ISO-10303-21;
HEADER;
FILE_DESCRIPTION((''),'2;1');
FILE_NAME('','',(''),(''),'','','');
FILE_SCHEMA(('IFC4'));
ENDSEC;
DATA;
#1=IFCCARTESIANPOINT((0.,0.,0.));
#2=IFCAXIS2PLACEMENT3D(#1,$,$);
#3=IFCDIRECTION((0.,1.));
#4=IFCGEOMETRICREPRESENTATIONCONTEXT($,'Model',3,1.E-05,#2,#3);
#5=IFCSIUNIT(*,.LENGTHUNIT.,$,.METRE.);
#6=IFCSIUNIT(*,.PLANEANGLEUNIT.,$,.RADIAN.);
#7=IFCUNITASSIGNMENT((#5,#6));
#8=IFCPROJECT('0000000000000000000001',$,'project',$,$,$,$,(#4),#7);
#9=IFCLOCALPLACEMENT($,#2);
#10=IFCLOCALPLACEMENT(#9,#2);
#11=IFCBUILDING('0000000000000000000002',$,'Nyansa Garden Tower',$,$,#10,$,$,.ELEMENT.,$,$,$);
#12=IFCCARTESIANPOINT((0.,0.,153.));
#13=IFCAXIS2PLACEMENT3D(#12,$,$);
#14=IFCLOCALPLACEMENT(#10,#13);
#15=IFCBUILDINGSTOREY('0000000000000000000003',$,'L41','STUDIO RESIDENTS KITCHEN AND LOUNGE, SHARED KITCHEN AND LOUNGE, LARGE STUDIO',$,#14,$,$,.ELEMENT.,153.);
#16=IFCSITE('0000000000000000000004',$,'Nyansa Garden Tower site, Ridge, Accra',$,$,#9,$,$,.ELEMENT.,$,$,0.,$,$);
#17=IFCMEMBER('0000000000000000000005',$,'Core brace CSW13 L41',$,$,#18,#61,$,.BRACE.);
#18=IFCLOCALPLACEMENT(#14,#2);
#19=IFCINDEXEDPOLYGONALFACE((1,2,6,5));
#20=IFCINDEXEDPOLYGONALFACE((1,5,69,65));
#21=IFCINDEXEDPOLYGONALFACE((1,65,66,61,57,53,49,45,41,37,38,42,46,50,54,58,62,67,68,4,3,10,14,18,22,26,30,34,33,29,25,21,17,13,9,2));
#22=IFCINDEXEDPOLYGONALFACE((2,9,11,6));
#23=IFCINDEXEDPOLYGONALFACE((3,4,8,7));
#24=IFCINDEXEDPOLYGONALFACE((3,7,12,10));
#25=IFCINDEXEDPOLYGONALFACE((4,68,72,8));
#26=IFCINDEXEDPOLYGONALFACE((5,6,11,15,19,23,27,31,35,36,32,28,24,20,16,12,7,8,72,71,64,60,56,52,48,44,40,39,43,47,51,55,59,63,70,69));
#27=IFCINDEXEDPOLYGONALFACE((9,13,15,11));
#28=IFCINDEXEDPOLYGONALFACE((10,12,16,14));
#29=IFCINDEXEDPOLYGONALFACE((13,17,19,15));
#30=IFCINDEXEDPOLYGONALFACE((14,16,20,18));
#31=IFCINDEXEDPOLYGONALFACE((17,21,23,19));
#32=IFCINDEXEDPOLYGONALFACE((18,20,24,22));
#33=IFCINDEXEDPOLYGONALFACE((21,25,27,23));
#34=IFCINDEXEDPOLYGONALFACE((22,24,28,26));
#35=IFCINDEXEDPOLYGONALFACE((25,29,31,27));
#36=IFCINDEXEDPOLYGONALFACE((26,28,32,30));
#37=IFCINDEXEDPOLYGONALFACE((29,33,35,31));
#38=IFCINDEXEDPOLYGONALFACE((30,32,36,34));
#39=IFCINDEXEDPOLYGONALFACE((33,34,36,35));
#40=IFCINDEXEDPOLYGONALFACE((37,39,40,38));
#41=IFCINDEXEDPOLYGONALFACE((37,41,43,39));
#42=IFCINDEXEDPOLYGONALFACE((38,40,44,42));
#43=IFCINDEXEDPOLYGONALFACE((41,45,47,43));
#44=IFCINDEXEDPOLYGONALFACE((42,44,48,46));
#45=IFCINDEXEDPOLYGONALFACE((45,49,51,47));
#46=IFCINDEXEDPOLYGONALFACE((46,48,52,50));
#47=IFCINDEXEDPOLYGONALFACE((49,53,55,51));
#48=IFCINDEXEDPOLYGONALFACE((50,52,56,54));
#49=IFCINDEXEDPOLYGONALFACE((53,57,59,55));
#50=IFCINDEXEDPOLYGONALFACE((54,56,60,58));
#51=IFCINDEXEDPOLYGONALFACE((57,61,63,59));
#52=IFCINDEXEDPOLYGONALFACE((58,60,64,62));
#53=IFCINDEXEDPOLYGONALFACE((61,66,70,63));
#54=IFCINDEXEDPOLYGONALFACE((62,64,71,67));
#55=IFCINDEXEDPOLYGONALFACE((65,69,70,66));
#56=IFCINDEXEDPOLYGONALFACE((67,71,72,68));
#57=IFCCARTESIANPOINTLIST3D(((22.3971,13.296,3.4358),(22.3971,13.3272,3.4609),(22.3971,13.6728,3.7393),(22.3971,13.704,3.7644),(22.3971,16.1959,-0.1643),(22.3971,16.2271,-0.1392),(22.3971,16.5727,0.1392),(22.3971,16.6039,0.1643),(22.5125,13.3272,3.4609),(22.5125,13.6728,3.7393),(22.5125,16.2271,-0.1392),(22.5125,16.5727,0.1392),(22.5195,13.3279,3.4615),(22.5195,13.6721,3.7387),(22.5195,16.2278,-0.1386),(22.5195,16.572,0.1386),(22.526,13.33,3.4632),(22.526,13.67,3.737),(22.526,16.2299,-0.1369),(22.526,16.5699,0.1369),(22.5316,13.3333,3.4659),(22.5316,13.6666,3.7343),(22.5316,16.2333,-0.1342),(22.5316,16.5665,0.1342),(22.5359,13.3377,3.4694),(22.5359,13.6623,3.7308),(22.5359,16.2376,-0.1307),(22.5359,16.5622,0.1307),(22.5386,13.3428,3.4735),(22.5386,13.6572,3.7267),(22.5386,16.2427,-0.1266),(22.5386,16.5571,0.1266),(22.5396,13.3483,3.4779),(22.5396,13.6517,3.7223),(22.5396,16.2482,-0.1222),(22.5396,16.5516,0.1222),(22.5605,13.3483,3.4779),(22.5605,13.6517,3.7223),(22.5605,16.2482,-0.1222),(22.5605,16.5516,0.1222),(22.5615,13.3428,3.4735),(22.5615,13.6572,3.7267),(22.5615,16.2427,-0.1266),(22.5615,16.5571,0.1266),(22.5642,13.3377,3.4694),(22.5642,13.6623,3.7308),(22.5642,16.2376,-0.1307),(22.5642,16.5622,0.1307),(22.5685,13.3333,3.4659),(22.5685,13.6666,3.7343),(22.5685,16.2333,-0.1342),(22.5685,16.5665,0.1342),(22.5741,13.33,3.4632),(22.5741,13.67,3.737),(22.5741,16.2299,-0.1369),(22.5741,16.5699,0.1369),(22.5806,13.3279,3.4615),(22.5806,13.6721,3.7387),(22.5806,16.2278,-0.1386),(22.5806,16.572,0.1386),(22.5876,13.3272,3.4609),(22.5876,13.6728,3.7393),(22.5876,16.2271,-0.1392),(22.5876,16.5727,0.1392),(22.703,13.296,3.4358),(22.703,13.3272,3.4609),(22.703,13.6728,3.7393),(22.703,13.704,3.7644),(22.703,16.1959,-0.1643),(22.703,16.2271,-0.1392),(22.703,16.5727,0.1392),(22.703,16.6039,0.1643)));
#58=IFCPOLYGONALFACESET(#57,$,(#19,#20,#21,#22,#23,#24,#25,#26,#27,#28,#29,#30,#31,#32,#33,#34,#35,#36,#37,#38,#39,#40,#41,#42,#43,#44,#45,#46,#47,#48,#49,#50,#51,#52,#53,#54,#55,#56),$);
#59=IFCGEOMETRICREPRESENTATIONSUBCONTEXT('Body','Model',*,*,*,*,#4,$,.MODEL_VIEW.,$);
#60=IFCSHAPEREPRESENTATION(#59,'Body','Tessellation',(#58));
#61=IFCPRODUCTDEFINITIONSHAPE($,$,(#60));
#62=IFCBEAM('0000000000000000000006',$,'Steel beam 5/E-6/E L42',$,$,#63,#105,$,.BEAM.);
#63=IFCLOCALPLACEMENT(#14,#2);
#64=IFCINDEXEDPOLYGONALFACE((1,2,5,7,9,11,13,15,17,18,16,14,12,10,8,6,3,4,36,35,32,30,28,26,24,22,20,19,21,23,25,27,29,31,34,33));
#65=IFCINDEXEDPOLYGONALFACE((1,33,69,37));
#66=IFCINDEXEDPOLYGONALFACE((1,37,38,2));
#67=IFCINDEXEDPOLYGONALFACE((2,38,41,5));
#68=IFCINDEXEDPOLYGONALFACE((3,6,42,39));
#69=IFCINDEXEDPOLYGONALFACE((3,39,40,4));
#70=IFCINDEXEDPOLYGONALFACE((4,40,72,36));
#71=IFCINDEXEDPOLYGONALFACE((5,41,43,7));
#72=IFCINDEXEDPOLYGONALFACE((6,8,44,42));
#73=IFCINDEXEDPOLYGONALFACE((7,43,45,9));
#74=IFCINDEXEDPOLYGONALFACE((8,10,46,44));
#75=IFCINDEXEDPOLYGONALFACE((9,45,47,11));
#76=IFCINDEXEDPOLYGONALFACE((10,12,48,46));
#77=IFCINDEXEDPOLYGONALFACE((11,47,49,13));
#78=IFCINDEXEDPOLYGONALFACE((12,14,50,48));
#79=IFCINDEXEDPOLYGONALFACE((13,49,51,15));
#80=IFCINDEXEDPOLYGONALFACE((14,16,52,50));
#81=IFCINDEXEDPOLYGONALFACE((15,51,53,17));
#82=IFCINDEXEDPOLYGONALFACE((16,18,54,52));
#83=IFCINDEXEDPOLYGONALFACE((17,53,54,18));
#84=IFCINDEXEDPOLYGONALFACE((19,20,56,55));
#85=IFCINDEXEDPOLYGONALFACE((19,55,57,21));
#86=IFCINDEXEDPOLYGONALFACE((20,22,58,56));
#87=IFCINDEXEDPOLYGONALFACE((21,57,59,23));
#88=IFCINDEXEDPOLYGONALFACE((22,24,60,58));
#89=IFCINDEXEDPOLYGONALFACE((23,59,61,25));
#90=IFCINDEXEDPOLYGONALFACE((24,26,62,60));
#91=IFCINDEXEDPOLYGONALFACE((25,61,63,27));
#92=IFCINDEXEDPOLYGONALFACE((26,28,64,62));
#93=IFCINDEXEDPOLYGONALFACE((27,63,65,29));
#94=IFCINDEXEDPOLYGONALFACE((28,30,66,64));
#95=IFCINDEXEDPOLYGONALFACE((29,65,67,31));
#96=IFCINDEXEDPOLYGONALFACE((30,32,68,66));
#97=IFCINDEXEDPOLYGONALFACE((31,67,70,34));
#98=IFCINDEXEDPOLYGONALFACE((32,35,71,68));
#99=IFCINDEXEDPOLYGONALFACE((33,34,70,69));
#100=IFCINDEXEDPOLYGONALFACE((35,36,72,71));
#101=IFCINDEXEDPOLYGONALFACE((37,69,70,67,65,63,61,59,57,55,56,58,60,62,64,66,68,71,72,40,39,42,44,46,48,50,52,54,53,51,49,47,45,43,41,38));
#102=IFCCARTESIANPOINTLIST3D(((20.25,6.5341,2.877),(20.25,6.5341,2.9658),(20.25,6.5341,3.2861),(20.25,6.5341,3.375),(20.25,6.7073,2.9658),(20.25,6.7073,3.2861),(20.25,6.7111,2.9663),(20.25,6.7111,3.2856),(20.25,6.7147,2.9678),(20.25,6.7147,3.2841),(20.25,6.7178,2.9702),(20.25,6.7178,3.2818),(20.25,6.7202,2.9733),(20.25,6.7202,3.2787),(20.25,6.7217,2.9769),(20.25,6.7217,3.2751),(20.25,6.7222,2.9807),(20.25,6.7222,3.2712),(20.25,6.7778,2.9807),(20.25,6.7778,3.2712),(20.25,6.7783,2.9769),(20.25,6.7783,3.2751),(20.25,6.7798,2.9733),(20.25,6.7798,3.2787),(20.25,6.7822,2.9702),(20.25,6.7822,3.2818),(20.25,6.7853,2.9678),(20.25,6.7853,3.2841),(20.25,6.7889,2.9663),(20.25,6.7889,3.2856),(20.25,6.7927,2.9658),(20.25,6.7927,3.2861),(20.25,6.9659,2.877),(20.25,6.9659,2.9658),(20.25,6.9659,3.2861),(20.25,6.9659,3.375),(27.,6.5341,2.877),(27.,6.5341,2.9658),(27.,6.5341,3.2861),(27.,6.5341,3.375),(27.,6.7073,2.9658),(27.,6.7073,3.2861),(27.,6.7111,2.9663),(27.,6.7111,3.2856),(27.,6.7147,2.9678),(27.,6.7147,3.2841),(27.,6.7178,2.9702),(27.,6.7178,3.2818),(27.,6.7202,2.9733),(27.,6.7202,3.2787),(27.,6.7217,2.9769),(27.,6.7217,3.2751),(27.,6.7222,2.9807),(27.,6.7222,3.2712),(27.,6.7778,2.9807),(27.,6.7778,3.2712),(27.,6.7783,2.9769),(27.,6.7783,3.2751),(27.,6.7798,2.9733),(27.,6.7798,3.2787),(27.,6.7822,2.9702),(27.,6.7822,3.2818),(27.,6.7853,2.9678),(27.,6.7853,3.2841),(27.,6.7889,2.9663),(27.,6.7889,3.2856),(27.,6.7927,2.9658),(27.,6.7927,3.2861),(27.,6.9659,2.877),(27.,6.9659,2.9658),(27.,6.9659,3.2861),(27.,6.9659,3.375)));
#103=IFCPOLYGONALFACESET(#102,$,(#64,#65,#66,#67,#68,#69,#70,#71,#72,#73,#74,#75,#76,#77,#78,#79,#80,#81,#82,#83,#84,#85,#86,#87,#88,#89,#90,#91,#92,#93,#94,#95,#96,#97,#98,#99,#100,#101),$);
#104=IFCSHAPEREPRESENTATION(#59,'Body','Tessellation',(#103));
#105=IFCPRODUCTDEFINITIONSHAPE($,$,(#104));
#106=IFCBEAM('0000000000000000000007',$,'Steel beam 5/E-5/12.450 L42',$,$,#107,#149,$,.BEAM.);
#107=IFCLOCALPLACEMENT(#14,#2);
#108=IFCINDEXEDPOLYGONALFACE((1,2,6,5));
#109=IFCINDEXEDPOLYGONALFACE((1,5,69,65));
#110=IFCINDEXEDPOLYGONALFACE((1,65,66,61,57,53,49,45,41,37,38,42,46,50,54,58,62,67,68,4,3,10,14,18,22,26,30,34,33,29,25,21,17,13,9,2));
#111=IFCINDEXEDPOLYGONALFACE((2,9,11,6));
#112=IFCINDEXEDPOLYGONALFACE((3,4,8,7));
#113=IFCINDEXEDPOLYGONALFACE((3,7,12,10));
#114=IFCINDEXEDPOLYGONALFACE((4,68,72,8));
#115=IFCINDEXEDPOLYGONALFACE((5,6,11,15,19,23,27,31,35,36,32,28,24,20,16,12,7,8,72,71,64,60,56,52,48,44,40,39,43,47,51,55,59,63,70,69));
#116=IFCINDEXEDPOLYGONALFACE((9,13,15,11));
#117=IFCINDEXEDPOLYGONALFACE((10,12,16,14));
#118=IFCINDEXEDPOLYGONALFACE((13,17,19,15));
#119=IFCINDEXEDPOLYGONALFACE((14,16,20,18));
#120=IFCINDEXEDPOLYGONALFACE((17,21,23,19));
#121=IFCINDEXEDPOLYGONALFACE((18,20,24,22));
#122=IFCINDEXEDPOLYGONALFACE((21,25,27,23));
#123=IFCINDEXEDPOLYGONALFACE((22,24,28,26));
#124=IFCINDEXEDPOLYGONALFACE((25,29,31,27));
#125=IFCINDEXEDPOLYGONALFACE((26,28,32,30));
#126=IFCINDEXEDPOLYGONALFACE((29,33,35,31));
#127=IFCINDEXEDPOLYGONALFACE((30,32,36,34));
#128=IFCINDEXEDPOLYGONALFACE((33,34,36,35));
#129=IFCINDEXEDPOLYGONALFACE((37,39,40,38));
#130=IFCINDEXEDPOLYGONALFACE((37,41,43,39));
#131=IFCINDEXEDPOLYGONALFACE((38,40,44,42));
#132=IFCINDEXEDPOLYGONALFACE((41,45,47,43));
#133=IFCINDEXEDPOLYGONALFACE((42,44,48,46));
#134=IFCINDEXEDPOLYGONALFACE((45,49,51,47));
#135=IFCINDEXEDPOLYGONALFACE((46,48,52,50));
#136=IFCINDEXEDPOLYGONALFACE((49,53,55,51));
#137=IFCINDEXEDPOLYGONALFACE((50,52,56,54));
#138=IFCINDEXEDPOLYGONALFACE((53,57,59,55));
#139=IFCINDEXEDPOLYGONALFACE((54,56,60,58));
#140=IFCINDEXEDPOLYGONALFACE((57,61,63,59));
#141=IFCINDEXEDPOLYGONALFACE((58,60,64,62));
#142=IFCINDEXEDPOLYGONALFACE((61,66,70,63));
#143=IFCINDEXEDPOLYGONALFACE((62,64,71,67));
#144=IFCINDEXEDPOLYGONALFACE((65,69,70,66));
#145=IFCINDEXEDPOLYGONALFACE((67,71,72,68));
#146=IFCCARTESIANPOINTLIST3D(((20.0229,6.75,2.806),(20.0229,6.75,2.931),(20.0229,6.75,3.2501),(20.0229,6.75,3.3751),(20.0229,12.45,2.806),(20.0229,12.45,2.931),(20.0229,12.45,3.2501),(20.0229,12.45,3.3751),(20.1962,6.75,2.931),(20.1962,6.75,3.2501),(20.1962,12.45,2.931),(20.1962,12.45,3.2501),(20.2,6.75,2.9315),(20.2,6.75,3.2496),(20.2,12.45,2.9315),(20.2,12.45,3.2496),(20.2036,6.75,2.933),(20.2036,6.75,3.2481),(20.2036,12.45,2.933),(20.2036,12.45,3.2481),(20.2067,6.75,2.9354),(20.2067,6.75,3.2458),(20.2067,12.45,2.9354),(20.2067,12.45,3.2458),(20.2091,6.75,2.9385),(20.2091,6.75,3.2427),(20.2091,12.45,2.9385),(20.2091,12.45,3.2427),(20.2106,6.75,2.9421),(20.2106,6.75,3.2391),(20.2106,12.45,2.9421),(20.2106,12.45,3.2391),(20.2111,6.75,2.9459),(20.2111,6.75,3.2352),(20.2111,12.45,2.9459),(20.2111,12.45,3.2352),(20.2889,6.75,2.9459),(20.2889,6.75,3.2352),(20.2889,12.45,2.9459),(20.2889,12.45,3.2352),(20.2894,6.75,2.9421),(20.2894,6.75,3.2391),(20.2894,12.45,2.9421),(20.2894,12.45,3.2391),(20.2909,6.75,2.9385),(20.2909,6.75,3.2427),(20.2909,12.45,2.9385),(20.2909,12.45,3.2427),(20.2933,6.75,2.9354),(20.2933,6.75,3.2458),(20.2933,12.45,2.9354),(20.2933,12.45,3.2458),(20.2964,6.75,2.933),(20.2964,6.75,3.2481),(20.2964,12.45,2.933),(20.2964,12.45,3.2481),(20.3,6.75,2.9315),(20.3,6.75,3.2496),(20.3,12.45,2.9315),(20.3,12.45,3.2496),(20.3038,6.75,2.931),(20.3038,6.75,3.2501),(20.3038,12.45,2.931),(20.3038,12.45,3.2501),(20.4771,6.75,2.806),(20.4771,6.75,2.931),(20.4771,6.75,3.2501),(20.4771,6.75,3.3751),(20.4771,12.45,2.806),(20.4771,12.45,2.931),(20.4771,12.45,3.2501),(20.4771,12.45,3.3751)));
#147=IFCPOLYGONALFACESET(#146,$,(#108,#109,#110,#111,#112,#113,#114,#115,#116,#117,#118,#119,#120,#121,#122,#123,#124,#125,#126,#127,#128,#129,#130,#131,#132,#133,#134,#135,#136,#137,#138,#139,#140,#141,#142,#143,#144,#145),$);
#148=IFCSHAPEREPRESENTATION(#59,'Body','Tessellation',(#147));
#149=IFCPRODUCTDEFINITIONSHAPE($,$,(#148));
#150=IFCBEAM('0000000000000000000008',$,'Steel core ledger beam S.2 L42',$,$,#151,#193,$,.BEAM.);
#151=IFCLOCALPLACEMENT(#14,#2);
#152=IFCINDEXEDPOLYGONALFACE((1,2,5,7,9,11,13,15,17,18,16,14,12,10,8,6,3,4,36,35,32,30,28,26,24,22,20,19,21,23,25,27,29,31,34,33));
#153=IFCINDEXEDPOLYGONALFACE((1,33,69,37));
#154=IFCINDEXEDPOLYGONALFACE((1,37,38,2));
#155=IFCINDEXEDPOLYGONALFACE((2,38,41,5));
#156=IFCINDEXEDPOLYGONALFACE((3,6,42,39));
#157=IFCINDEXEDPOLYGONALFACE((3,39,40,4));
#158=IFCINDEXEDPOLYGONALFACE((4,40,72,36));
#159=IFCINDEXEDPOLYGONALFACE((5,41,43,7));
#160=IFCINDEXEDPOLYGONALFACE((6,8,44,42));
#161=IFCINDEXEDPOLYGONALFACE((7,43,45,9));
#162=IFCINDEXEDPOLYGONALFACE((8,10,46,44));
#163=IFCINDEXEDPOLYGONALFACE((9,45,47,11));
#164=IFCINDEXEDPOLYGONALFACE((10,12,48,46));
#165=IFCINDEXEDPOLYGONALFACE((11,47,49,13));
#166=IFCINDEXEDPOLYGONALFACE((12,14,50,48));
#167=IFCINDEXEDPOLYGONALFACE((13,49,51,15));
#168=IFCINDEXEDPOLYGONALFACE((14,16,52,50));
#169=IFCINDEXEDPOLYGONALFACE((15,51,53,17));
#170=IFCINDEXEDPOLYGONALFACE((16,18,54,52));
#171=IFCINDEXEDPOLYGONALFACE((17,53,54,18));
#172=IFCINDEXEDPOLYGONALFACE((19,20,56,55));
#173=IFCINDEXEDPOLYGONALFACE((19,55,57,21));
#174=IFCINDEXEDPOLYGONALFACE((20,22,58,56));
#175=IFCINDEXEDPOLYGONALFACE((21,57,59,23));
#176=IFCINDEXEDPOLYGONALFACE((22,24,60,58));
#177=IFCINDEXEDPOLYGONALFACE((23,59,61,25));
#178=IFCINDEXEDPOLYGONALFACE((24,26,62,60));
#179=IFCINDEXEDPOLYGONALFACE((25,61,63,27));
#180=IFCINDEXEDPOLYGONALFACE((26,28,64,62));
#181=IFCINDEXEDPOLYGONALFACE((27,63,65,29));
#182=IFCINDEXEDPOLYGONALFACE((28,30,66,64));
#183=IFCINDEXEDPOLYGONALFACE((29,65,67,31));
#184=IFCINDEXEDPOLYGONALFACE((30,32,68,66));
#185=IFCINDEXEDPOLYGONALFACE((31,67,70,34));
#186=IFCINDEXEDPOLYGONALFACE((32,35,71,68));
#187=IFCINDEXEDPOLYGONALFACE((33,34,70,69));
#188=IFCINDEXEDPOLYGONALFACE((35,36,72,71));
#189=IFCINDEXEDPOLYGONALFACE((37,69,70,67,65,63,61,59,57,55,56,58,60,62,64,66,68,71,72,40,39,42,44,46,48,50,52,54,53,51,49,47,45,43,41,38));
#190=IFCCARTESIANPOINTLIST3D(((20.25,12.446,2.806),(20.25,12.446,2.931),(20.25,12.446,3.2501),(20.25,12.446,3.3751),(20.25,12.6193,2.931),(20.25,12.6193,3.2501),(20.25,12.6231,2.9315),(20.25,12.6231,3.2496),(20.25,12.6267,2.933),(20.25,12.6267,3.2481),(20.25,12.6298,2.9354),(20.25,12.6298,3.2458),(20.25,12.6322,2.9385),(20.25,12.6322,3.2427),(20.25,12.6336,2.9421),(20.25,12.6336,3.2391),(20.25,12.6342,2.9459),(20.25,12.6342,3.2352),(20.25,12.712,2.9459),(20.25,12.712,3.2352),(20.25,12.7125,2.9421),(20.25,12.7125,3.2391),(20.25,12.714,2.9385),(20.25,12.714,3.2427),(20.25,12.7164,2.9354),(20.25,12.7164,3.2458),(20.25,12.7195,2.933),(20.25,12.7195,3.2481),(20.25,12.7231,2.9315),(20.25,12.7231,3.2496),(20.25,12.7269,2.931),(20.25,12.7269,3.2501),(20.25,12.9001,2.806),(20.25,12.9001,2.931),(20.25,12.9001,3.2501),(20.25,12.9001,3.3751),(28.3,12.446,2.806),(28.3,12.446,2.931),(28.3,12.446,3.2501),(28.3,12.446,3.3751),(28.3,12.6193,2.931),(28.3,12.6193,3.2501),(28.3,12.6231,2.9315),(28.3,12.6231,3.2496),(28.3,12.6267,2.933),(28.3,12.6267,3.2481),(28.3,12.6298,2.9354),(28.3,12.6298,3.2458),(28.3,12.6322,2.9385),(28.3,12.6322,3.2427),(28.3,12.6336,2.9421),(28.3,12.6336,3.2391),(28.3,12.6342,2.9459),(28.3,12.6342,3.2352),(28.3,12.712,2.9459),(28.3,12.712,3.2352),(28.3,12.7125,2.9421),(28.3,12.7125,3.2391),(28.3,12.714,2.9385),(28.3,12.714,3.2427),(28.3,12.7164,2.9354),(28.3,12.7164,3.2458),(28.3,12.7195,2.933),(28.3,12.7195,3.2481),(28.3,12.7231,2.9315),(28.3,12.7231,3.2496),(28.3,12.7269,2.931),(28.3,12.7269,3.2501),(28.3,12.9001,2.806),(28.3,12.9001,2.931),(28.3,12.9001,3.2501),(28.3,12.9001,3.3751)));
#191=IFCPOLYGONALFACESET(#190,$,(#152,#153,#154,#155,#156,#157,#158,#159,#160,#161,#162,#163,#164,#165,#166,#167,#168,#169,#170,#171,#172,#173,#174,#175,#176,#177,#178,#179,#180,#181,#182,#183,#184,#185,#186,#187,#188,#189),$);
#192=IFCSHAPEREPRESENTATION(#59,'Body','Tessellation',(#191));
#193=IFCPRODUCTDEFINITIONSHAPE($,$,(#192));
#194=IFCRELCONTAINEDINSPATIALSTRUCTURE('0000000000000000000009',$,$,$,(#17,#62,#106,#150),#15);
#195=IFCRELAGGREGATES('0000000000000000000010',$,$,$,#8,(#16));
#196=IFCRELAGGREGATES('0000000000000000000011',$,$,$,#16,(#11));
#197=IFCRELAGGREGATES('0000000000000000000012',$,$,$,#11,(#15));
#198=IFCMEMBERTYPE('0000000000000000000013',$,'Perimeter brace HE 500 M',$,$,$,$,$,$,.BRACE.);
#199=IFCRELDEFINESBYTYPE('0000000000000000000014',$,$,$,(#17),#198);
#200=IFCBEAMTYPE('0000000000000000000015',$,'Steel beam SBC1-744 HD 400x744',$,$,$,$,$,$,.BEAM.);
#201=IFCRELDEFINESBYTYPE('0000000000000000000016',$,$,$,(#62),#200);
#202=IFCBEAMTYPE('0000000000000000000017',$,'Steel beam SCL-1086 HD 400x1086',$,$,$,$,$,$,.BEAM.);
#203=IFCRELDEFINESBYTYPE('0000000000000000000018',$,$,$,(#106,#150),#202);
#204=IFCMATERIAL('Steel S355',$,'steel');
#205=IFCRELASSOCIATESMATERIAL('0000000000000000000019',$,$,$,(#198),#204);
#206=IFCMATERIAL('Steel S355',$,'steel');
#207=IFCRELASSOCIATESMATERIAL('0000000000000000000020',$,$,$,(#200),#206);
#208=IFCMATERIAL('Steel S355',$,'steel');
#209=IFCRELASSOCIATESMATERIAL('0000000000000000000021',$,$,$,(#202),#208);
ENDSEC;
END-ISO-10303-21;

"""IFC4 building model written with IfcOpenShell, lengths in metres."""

from ifc_helpers import new_model, si_unit, direction, frame, origin, origin_2d, place, context, subcontext, project, spatial, i_section, extrude, material, material_profile, profile_set, type_object, element, save


model = new_model("IFC4")

# Units and contexts
model_context = context("Model", 3, precision=1e-05, world=origin(), true_north=direction((0.0, 1.0)))
body_context = subcontext(model_context, "Body", "Model", "MODEL_VIEW")
ifc_project = project(units=[si_unit("LENGTHUNIT", "METRE"), si_unit("PLANEANGLEUNIT", "RADIAN")], contexts=[model_context])

# Site, building, storey
site_placement = place(None, origin())
site = spatial("IfcSite", under=ifc_project, at=site_placement, Name="Nyansa Garden Tower site, Ridge, Accra", CompositionType="ELEMENT", RefElevation=0.0)
building_placement = place(site_placement, origin())
building = spatial("IfcBuilding", under=site, at=building_placement, Name="Nyansa Garden Tower", CompositionType="ELEMENT")
storey_placement = place(building_placement, frame((0.0, 0.0, 153.0)))
storey = spatial("IfcBuildingStorey", under=building, at=storey_placement, Name="L41", Description="STUDIO RESIDENTS KITCHEN AND LOUNGE, SHARED KITCHEN AND LOUNGE, LARGE STUDIO", CompositionType="ELEMENT", Elevation=153.0)

# Member
ifc_material_1 = material(Name="Steel S355", Category="steel")
ifc_material_profile_1 = material_profile(ifc_material_1, i_section(OverallWidth=0.3059, OverallDepth=0.5239, WebThickness=0.021, FlangeThickness=0.04, FilletRadius=0.0271, at=origin_2d()), Name="HE 500 M")
ifc_profile_set_1 = profile_set([ifc_material_profile_1], Name="Steel S355")
member_type = type_object("IfcMemberType", Name="Perimeter brace HE 500 M", PredefinedType="BRACE", material=ifc_profile_set_1)
for number, where, z_axis, x_axis, name in (
    (1, (22.55, 16.3999, 0.0), (0.0, -0.627306, 0.778773), (1.0, 0.0, 0.0), "Core brace CSW13 L41"),
):
    element("IfcMember", number, at=place(storey_placement, frame(where, z_axis=z_axis, x_axis=x_axis)), inside=storey, type_object=member_type, Name=name, PredefinedType="BRACE", context=body_context, shape_type="SweptSolid", body=[
        extrude(i_section(OverallWidth=0.3059, OverallDepth=0.5239, WebThickness=0.021, FlangeThickness=0.04, FilletRadius=0.0271, at=origin_2d()), origin(), (0.0, 0.0, 1.0), 4.6228),
    ])

# Beams
ifc_material_2 = material(Name="Steel S355", Category="steel")
ifc_material_profile_2 = material_profile(ifc_material_2, i_section(OverallWidth=0.4319, OverallDepth=0.498, WebThickness=0.0557, FlangeThickness=0.0889, FilletRadius=0.0149, at=origin_2d()), Name="HD 400x744")
ifc_profile_set_2 = profile_set([ifc_material_profile_2], Name="Steel S355")
beam_type_1 = type_object("IfcBeamType", Name="Steel beam SBC1-744 HD 400x744", PredefinedType="BEAM", material=ifc_profile_set_2)
beam_1_placement = place(storey_placement, frame((20.25, 6.75, 3.126), z_axis=(1.0, 0.0, 0.0), x_axis=(0.0, 1.0, 0.0)))
element("IfcBeam", 2, at=beam_1_placement, inside=storey, type_object=beam_type_1, Name="Steel beam 5/E-6/E L42", PredefinedType="BEAM", context=body_context, shape_type="SweptSolid", body=[
    extrude(i_section(OverallWidth=0.4319, OverallDepth=0.498, WebThickness=0.0557, FlangeThickness=0.0889, FilletRadius=0.0149, at=origin_2d()), origin(), (0.0, 0.0, 1.0), 6.75),
])
ifc_material_3 = material(Name="Steel S355", Category="steel")
ifc_material_profile_3 = material_profile(ifc_material_3, i_section(OverallWidth=0.4541, OverallDepth=0.5691, WebThickness=0.0779, FlangeThickness=0.125, FilletRadius=0.0149, at=origin_2d()), Name="HD 400x1086")
ifc_profile_set_3 = profile_set([ifc_material_profile_3], Name="Steel S355")
beam_type_2 = type_object("IfcBeamType", Name="Steel beam SCL-1086 HD 400x1086", PredefinedType="BEAM", material=ifc_profile_set_3)
beam_2_placement = place(storey_placement, frame((20.25, 6.75, 3.0906), z_axis=(0.0, 1.0, 0.0), x_axis=(-1.0, 0.0, 0.0)))
element("IfcBeam", 3, at=beam_2_placement, inside=storey, type_object=beam_type_2, Name="Steel beam 5/E-5/12.450 L42", PredefinedType="BEAM", context=body_context, shape_type="SweptSolid", body=[
    extrude(i_section(OverallWidth=0.4541, OverallDepth=0.5691, WebThickness=0.0779, FlangeThickness=0.125, FilletRadius=0.0149, at=origin_2d()), origin(), (0.0, 0.0, 1.0), 5.7),
])
beam_3_placement = place(storey_placement, frame((20.25, 12.6731, 3.0906), z_axis=(1.0, 0.0, 0.0), x_axis=(0.0, 1.0, 0.0)))
element("IfcBeam", 4, at=beam_3_placement, inside=storey, type_object=beam_type_2, Name="Steel core ledger beam S.2 L42", PredefinedType="BEAM", context=body_context, shape_type="SweptSolid", body=[
    extrude(i_section(OverallWidth=0.4541, OverallDepth=0.5691, WebThickness=0.0779, FlangeThickness=0.125, FilletRadius=0.0149, at=origin_2d()), origin(), (0.0, 0.0, 1.0), 8.05),
])

save(model, "model.ifc")
